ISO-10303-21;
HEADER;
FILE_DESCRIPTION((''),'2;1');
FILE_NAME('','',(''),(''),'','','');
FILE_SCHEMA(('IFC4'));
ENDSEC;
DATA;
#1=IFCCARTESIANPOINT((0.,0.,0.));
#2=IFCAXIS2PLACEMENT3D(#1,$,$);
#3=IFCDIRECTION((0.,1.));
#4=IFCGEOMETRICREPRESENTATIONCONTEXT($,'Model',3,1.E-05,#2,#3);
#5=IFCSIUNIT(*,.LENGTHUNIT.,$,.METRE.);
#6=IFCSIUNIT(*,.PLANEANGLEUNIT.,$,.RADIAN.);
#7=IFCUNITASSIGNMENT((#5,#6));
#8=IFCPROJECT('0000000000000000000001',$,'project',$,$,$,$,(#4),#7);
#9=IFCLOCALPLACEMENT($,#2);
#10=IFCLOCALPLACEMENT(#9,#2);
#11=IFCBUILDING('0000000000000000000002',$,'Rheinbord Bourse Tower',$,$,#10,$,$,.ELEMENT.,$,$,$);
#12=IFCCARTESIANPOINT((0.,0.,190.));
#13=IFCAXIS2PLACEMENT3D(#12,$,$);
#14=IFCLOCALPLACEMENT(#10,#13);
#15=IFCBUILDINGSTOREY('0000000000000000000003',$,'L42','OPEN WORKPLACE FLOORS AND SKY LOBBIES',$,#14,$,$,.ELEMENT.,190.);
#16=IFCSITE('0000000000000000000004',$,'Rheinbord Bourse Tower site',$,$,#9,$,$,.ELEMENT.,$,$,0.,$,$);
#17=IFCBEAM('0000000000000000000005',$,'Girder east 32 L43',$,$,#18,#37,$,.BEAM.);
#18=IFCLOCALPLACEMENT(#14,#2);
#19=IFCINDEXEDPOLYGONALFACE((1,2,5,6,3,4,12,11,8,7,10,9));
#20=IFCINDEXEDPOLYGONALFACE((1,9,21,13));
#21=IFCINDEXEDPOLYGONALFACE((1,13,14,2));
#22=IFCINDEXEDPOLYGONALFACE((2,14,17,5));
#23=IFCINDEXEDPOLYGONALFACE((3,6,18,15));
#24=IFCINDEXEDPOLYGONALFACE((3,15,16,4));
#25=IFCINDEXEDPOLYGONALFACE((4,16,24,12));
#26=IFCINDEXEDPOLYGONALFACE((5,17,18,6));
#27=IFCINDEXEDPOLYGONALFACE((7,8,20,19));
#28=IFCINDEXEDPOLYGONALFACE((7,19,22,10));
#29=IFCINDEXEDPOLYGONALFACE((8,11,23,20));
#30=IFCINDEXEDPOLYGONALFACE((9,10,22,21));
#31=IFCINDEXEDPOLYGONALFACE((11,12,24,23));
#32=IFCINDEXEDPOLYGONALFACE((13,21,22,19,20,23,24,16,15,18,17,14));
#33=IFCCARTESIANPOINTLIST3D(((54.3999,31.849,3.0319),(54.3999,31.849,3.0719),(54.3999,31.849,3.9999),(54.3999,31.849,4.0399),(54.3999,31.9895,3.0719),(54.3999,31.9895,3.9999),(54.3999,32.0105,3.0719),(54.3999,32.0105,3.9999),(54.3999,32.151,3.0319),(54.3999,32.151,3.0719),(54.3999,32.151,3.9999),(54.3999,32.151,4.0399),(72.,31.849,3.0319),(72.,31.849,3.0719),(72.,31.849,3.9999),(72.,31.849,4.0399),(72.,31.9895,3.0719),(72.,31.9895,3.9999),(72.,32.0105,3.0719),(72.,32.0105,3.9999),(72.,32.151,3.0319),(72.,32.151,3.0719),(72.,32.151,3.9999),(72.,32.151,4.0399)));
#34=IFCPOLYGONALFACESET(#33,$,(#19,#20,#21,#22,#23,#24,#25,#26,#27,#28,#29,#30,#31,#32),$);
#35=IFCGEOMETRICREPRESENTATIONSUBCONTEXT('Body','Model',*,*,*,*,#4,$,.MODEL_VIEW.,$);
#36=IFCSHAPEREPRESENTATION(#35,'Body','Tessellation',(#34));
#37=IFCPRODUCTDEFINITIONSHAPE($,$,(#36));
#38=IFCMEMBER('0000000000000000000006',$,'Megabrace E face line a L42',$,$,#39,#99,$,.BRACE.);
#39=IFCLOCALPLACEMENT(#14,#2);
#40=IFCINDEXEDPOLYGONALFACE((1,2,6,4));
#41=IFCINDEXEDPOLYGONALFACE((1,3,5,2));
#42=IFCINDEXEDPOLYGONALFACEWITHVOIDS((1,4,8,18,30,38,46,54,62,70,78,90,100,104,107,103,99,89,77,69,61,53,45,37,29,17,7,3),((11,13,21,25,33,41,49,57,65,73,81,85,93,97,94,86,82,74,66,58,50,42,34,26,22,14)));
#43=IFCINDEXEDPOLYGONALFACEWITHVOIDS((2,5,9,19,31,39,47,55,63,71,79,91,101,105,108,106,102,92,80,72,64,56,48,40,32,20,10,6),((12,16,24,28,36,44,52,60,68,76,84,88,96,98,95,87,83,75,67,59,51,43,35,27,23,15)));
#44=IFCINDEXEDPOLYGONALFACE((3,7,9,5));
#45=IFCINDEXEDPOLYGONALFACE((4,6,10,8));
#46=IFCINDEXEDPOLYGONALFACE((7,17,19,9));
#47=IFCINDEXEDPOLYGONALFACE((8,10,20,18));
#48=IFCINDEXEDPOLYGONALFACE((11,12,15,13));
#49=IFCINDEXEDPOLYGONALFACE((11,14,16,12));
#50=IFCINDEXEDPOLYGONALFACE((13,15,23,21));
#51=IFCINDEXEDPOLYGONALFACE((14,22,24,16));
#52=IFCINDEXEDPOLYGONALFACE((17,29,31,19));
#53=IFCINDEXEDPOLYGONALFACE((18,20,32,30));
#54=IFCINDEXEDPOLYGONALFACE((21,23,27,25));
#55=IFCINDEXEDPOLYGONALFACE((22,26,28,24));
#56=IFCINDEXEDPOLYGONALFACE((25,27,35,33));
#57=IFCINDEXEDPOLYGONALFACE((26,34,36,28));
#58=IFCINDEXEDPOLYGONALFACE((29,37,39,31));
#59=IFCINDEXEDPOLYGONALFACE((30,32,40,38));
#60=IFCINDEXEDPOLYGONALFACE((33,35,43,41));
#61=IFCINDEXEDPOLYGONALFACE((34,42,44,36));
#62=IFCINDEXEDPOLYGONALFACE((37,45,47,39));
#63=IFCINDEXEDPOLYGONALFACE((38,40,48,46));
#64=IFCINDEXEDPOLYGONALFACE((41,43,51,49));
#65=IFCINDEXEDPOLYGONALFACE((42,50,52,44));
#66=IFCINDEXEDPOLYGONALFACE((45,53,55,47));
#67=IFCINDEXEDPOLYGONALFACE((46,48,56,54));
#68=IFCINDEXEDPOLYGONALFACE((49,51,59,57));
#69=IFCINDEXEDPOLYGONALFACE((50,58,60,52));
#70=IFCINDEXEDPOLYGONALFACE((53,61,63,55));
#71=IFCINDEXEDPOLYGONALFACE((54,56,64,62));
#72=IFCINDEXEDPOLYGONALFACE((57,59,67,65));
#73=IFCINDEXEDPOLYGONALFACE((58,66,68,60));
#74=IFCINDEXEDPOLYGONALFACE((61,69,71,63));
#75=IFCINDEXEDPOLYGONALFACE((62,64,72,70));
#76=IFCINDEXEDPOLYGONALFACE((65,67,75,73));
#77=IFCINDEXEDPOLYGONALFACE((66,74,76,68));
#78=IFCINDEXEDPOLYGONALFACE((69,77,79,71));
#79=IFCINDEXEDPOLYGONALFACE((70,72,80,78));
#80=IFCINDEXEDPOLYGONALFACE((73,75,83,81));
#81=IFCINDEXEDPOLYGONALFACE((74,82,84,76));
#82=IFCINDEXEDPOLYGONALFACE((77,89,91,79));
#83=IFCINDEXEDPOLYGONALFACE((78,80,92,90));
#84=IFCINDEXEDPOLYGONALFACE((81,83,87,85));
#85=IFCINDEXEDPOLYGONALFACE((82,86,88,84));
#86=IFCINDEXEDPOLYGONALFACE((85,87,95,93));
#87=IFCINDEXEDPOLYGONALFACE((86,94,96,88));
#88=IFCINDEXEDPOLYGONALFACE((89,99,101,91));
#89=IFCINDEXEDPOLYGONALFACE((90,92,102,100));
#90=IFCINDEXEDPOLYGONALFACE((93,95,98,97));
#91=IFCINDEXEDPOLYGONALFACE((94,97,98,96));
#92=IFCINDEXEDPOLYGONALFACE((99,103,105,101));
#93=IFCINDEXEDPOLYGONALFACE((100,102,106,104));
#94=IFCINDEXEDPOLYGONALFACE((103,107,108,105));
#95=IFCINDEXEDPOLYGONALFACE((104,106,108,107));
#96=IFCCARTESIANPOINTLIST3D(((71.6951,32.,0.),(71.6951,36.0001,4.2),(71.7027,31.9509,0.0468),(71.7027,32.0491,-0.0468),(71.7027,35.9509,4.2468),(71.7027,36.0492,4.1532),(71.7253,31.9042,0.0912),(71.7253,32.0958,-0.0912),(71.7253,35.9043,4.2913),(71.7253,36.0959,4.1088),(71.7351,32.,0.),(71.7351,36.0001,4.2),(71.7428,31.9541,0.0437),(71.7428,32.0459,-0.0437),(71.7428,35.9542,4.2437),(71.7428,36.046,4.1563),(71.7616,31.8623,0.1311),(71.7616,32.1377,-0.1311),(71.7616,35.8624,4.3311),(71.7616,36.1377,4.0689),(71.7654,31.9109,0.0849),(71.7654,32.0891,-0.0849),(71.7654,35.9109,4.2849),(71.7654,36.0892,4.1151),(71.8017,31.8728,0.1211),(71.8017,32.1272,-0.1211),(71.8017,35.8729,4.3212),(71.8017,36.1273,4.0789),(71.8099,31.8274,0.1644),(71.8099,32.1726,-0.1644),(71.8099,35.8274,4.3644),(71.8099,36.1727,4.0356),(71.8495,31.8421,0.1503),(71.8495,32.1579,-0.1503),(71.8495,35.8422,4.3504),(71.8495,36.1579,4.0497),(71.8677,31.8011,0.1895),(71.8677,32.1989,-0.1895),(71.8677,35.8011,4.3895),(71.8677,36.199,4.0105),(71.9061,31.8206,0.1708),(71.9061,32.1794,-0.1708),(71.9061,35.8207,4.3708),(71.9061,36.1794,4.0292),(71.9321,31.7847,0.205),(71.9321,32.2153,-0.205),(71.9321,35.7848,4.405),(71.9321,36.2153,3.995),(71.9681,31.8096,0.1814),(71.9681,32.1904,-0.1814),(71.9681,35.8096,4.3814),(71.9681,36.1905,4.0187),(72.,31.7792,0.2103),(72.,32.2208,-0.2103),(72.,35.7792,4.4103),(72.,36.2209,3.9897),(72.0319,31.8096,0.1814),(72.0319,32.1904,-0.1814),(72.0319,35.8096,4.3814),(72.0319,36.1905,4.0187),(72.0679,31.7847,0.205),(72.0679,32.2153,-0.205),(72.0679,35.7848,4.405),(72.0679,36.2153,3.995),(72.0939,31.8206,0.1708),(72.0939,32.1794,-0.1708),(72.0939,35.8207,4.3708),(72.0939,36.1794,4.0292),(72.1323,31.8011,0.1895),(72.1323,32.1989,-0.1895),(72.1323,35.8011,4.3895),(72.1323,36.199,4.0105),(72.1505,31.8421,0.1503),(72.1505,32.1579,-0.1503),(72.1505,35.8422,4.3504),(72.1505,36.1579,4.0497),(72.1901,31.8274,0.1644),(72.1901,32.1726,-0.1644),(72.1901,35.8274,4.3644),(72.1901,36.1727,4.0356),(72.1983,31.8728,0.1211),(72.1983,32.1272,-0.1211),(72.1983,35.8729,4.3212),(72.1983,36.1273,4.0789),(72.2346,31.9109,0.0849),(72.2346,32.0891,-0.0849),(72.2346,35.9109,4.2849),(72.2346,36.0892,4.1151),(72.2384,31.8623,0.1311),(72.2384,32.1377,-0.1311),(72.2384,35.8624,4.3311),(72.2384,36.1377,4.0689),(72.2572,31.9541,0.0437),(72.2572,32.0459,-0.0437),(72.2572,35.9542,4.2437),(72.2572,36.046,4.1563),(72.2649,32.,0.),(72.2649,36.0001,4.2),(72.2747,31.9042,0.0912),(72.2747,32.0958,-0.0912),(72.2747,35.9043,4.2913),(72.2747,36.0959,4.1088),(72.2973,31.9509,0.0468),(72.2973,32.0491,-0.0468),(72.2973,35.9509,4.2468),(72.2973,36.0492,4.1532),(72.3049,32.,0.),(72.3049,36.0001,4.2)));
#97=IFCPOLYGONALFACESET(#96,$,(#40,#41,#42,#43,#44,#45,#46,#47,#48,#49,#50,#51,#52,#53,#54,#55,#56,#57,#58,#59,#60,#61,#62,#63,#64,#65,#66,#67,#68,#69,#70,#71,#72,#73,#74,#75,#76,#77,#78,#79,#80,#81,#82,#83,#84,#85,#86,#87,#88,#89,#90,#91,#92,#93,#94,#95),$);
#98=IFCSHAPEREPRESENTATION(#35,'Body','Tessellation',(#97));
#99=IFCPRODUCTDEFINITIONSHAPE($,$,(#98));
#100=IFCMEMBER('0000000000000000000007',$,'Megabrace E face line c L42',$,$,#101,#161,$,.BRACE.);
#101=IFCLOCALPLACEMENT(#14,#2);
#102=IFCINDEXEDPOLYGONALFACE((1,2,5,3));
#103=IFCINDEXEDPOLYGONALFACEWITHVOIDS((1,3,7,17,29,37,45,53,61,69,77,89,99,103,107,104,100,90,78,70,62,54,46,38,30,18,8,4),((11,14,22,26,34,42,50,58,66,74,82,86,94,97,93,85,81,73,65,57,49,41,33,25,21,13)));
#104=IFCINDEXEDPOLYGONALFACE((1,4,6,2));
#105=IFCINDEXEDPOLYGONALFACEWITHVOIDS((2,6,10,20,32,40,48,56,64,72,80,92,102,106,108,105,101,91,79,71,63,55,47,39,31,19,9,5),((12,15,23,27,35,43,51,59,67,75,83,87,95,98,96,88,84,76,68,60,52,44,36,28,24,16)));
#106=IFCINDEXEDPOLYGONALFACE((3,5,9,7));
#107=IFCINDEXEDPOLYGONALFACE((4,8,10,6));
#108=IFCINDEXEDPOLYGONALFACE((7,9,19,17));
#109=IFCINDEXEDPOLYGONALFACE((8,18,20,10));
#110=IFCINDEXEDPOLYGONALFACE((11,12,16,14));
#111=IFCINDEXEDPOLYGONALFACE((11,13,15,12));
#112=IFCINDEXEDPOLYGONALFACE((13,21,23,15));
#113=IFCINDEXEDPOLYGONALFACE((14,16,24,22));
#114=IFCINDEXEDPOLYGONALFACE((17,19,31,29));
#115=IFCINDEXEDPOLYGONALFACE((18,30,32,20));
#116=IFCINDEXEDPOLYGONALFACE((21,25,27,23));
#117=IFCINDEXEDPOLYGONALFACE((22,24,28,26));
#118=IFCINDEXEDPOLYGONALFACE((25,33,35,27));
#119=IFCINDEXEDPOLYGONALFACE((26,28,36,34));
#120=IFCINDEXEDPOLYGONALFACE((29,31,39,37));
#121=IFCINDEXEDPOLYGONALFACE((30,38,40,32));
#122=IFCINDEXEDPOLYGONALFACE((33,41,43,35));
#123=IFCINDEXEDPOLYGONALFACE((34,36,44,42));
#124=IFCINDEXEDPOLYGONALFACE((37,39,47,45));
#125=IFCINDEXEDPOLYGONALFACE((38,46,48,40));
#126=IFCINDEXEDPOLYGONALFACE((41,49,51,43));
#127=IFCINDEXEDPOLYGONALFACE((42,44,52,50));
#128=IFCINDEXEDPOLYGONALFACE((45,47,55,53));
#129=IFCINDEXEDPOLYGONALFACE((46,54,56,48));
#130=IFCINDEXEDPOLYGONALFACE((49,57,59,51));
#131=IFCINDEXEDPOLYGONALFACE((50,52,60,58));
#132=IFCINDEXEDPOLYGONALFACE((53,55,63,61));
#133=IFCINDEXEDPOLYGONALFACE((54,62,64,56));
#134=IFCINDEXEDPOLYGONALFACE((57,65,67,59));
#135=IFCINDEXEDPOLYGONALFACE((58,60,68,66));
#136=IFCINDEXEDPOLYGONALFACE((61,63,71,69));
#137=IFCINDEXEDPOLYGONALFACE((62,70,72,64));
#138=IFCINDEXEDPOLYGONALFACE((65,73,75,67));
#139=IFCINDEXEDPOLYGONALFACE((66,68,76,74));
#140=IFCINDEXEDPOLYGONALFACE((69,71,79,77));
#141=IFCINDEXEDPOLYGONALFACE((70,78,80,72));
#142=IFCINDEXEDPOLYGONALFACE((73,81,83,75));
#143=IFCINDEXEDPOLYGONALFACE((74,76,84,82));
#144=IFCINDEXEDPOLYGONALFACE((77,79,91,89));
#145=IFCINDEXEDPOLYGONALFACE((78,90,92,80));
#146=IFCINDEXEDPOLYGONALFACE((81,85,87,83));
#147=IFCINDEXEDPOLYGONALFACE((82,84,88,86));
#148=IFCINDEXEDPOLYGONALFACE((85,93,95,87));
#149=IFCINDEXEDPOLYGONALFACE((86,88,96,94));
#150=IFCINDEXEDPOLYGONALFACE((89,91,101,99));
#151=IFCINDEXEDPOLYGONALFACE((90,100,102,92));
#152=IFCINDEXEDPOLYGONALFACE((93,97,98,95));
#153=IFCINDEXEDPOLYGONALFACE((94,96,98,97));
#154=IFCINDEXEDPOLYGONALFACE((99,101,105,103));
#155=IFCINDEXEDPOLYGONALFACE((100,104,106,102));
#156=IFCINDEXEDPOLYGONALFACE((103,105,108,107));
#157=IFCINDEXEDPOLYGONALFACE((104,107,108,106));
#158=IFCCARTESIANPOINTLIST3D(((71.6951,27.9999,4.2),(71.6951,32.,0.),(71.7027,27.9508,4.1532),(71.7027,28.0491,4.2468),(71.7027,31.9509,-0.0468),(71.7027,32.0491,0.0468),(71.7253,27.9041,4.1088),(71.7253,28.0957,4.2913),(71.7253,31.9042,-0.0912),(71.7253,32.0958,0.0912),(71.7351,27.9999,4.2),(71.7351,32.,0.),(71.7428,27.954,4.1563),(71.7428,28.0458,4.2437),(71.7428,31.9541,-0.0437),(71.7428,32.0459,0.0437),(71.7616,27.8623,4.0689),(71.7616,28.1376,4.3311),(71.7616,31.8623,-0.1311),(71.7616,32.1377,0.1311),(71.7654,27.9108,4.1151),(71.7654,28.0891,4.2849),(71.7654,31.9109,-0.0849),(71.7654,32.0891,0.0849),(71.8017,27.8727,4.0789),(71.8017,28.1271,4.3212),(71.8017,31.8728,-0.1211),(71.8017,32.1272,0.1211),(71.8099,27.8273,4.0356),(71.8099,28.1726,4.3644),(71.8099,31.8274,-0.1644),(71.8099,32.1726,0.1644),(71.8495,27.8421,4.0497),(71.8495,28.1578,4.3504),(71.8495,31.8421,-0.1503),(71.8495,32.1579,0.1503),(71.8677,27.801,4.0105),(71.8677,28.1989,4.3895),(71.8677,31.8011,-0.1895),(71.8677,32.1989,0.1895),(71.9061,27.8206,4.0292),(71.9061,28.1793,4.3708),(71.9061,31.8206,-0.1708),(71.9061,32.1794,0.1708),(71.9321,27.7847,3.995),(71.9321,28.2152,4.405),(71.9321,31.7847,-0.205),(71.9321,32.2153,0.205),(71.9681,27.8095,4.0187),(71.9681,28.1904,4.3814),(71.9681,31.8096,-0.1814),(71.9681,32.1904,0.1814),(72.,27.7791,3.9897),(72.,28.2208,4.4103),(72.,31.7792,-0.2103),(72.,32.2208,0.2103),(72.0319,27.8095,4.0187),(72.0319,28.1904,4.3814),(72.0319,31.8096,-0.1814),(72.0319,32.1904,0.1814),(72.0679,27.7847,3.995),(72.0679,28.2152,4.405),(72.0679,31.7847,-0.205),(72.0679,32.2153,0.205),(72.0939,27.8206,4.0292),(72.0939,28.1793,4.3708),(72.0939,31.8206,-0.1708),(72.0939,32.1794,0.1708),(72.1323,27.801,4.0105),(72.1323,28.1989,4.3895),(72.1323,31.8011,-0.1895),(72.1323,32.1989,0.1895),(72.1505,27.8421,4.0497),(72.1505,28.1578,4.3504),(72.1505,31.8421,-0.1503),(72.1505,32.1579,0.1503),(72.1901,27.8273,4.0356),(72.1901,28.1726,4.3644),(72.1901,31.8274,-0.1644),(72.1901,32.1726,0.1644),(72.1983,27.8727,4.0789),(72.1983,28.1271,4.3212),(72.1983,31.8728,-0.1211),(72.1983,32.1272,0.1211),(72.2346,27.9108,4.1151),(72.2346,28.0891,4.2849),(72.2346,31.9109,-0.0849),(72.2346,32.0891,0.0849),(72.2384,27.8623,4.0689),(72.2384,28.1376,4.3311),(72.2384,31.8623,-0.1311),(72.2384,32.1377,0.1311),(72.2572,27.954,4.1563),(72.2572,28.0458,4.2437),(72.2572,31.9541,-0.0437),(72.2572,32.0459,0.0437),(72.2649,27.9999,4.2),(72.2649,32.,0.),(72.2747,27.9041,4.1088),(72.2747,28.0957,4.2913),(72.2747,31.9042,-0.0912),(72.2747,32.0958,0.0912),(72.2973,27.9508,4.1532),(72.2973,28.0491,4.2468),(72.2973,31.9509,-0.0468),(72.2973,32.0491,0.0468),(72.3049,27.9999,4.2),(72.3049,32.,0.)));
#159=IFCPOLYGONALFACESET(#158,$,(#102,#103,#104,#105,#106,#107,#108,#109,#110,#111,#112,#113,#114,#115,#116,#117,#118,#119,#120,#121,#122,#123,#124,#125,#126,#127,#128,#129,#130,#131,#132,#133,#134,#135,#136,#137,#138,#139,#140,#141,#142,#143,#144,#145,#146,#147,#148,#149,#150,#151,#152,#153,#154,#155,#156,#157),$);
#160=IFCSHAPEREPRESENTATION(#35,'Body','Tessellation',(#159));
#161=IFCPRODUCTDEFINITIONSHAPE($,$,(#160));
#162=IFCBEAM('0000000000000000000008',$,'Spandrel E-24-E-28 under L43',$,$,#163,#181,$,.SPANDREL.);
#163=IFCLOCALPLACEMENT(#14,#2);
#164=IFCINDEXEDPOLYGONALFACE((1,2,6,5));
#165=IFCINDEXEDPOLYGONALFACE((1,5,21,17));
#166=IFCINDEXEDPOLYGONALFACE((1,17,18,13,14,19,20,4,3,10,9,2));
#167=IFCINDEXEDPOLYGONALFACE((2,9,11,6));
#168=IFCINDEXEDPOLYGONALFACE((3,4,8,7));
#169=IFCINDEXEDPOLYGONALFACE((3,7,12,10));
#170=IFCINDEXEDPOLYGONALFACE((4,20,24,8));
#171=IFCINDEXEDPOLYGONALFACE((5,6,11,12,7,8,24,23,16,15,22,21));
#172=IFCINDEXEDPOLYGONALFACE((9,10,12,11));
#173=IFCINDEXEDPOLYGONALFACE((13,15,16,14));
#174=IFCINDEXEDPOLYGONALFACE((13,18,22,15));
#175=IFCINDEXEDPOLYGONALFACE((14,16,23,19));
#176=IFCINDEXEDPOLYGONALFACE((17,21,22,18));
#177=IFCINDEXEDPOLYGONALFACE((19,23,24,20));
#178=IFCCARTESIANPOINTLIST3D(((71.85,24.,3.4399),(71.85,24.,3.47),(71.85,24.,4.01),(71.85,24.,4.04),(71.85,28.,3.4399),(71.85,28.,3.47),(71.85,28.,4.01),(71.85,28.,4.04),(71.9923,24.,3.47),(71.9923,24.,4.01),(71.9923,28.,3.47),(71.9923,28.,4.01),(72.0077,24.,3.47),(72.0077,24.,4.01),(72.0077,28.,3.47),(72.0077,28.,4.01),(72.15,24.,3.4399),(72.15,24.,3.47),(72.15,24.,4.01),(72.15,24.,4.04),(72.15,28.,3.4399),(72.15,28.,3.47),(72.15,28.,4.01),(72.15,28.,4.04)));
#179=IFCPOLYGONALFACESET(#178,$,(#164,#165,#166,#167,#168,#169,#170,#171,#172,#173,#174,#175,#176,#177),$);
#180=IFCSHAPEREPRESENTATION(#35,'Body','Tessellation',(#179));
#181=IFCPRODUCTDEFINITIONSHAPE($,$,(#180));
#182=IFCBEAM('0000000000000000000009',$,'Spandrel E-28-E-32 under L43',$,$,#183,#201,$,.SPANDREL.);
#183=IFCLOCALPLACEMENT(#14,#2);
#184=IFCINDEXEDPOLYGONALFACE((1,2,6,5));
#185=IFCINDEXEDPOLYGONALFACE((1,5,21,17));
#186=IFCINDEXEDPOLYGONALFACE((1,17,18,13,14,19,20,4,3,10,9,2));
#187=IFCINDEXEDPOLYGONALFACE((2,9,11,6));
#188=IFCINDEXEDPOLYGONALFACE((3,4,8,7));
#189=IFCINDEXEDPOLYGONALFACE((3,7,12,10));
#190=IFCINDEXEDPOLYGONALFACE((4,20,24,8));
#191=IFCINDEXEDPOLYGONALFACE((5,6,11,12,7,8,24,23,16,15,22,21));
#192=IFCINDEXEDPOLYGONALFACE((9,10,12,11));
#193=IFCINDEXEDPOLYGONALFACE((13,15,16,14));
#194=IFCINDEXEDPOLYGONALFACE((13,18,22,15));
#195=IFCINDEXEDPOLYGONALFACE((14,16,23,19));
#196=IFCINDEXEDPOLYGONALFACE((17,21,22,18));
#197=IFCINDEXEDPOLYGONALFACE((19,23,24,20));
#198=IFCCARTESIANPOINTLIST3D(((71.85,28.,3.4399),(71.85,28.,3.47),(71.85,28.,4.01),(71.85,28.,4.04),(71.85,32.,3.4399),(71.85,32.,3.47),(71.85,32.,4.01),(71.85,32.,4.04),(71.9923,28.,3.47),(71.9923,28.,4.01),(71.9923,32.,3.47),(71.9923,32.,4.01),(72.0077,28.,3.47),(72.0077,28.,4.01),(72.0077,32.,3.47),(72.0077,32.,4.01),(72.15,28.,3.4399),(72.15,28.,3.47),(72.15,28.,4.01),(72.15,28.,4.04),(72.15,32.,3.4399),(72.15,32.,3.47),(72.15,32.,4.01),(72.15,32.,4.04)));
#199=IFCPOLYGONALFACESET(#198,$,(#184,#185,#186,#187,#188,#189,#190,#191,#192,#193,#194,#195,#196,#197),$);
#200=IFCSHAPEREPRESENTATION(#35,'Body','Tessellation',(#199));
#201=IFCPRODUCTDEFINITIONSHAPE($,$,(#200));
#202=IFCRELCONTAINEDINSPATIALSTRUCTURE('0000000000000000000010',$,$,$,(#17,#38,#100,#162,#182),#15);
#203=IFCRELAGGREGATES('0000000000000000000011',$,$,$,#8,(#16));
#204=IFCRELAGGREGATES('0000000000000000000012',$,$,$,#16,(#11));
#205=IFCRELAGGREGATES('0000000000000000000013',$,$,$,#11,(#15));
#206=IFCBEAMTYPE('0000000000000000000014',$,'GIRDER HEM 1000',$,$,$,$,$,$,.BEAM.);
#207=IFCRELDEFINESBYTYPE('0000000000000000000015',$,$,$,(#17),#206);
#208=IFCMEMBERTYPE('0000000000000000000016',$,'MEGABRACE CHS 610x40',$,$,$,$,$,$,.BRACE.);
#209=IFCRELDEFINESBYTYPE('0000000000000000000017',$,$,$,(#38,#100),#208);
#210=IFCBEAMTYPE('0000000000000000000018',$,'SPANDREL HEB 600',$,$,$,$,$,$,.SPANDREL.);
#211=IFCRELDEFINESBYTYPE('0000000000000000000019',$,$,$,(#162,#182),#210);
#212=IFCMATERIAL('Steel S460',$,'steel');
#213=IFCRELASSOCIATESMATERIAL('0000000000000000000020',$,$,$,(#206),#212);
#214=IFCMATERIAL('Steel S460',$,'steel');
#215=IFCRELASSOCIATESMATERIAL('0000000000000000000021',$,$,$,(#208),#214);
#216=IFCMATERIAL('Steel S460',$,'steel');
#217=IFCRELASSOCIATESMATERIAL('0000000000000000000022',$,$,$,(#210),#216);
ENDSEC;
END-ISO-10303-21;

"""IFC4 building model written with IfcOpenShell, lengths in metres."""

from ifc_helpers import new_model, si_unit, direction, frame, origin, origin_2d, place, context, subcontext, project, spatial, hollow_circle, i_section, extrude, material, material_profile, profile_set, type_object, element, save


model = new_model("IFC4")

# Units and contexts
model_context = context("Model", 3, precision=1e-05, world=origin(), true_north=direction((0.0, 1.0)))
body_context = subcontext(model_context, "Body", "Model", "MODEL_VIEW")
ifc_project = project(units=[si_unit("LENGTHUNIT", "METRE"), si_unit("PLANEANGLEUNIT", "RADIAN")], contexts=[model_context])

# Site, building, storey
site_placement = place(None, origin())
site = spatial("IfcSite", under=ifc_project, at=site_placement, Name="Rheinbord Bourse Tower site", CompositionType="ELEMENT", RefElevation=0.0)
building_placement = place(site_placement, origin())
building = spatial("IfcBuilding", under=site, at=building_placement, Name="Rheinbord Bourse Tower", CompositionType="ELEMENT")
storey_placement = place(building_placement, frame((0.0, 0.0, 190.0)))
storey = spatial("IfcBuildingStorey", under=building, at=storey_placement, Name="L42", Description="OPEN WORKPLACE FLOORS AND SKY LOBBIES", CompositionType="ELEMENT", Elevation=190.0)

# Beam
ifc_material_1 = material(Name="Steel S460", Category="steel")
ifc_material_profile_1 = material_profile(ifc_material_1, i_section(OverallWidth=0.302, OverallDepth=1.0081, WebThickness=0.021, FlangeThickness=0.04, at=origin_2d()), Name="HEM 1000")
ifc_profile_set_1 = profile_set([ifc_material_profile_1], Name="Steel S460")
beam_type_1 = type_object("IfcBeamType", Name="GIRDER HEM 1000", PredefinedType="BEAM", material=ifc_profile_set_1)
beam_1_placement = place(storey_placement, frame((54.3999, 32.0, 3.5359), z_axis=(1.0, 0.0, 0.0), x_axis=(0.0, 1.0, 0.0)))
element("IfcBeam", 1, at=beam_1_placement, inside=storey, type_object=beam_type_1, Name="Girder east 32 L43", PredefinedType="BEAM", context=body_context, shape_type="SweptSolid", body=[
    extrude(i_section(OverallWidth=0.302, OverallDepth=1.0081, WebThickness=0.021, FlangeThickness=0.04, at=origin_2d()), origin(), (0.0, 0.0, 1.0), 17.6001),
])

# Members
ifc_material_2 = material(Name="Steel S460", Category="steel")
ifc_material_profile_2 = material_profile(ifc_material_2, hollow_circle(Radius=0.3049, WallThickness=0.04, at=origin_2d()), Name="CHS 610x40")
ifc_profile_set_2 = profile_set([ifc_material_profile_2], Name="Steel S460")
member_type_1 = type_object("IfcMemberType", Name="MEGABRACE CHS 610x40", PredefinedType="BRACE", material=ifc_profile_set_2)
for number, where, z_axis, x_axis, name in (
    (2, (72.0, 32.0, 0.0), (0.0, 0.689659, 0.724134), (-1.0, 0.0, 0.0), "Megabrace E face line a L42"),
    (3, (72.0, 32.0, 0.0), (0.0, -0.689659, 0.724134), (1.0, 0.0, 0.0), "Megabrace E face line c L42"),
):
    element("IfcMember", number, at=place(storey_placement, frame(where, z_axis=z_axis, x_axis=x_axis)), inside=storey, type_object=member_type_1, Name=name, PredefinedType="BRACE", context=body_context, shape_type="SweptSolid", body=[
        extrude(hollow_circle(Radius=0.3049, WallThickness=0.04, at=origin_2d()), origin(), (0.0, 0.0, 1.0), 5.8),
    ])

# Beams
ifc_material_3 = material(Name="Steel S460", Category="steel")
ifc_material_profile_3 = material_profile(ifc_material_3, i_section(OverallWidth=0.3, OverallDepth=0.6001, WebThickness=0.0154, FlangeThickness=0.03, at=origin_2d()), Name="HEB 600")
ifc_profile_set_3 = profile_set([ifc_material_profile_3], Name="Steel S460")
beam_type_2 = type_object("IfcBeamType", Name="SPANDREL HEB 600", PredefinedType="SPANDREL", material=ifc_profile_set_3)
for number, where, z_axis, x_axis, name in (
    (4, (72.0, 24.0, 3.74), (0.0, 1.0, 0.0), (-1.0, 0.0, 0.0), "Spandrel E-24-E-28 under L43"),
    (5, (72.0, 28.0, 3.74), (0.0, 1.0, 0.0), (-1.0, 0.0, 0.0), "Spandrel E-28-E-32 under L43"),
):
    element("IfcBeam", number, at=place(storey_placement, frame(where, z_axis=z_axis, x_axis=x_axis)), inside=storey, type_object=beam_type_2, Name=name, PredefinedType="SPANDREL", context=body_context, shape_type="SweptSolid", body=[
        extrude(i_section(OverallWidth=0.3, OverallDepth=0.6001, WebThickness=0.0154, FlangeThickness=0.03, at=origin_2d()), origin(), (0.0, 0.0, 1.0), 4.0),
    ])

save(model, "model.ifc")
